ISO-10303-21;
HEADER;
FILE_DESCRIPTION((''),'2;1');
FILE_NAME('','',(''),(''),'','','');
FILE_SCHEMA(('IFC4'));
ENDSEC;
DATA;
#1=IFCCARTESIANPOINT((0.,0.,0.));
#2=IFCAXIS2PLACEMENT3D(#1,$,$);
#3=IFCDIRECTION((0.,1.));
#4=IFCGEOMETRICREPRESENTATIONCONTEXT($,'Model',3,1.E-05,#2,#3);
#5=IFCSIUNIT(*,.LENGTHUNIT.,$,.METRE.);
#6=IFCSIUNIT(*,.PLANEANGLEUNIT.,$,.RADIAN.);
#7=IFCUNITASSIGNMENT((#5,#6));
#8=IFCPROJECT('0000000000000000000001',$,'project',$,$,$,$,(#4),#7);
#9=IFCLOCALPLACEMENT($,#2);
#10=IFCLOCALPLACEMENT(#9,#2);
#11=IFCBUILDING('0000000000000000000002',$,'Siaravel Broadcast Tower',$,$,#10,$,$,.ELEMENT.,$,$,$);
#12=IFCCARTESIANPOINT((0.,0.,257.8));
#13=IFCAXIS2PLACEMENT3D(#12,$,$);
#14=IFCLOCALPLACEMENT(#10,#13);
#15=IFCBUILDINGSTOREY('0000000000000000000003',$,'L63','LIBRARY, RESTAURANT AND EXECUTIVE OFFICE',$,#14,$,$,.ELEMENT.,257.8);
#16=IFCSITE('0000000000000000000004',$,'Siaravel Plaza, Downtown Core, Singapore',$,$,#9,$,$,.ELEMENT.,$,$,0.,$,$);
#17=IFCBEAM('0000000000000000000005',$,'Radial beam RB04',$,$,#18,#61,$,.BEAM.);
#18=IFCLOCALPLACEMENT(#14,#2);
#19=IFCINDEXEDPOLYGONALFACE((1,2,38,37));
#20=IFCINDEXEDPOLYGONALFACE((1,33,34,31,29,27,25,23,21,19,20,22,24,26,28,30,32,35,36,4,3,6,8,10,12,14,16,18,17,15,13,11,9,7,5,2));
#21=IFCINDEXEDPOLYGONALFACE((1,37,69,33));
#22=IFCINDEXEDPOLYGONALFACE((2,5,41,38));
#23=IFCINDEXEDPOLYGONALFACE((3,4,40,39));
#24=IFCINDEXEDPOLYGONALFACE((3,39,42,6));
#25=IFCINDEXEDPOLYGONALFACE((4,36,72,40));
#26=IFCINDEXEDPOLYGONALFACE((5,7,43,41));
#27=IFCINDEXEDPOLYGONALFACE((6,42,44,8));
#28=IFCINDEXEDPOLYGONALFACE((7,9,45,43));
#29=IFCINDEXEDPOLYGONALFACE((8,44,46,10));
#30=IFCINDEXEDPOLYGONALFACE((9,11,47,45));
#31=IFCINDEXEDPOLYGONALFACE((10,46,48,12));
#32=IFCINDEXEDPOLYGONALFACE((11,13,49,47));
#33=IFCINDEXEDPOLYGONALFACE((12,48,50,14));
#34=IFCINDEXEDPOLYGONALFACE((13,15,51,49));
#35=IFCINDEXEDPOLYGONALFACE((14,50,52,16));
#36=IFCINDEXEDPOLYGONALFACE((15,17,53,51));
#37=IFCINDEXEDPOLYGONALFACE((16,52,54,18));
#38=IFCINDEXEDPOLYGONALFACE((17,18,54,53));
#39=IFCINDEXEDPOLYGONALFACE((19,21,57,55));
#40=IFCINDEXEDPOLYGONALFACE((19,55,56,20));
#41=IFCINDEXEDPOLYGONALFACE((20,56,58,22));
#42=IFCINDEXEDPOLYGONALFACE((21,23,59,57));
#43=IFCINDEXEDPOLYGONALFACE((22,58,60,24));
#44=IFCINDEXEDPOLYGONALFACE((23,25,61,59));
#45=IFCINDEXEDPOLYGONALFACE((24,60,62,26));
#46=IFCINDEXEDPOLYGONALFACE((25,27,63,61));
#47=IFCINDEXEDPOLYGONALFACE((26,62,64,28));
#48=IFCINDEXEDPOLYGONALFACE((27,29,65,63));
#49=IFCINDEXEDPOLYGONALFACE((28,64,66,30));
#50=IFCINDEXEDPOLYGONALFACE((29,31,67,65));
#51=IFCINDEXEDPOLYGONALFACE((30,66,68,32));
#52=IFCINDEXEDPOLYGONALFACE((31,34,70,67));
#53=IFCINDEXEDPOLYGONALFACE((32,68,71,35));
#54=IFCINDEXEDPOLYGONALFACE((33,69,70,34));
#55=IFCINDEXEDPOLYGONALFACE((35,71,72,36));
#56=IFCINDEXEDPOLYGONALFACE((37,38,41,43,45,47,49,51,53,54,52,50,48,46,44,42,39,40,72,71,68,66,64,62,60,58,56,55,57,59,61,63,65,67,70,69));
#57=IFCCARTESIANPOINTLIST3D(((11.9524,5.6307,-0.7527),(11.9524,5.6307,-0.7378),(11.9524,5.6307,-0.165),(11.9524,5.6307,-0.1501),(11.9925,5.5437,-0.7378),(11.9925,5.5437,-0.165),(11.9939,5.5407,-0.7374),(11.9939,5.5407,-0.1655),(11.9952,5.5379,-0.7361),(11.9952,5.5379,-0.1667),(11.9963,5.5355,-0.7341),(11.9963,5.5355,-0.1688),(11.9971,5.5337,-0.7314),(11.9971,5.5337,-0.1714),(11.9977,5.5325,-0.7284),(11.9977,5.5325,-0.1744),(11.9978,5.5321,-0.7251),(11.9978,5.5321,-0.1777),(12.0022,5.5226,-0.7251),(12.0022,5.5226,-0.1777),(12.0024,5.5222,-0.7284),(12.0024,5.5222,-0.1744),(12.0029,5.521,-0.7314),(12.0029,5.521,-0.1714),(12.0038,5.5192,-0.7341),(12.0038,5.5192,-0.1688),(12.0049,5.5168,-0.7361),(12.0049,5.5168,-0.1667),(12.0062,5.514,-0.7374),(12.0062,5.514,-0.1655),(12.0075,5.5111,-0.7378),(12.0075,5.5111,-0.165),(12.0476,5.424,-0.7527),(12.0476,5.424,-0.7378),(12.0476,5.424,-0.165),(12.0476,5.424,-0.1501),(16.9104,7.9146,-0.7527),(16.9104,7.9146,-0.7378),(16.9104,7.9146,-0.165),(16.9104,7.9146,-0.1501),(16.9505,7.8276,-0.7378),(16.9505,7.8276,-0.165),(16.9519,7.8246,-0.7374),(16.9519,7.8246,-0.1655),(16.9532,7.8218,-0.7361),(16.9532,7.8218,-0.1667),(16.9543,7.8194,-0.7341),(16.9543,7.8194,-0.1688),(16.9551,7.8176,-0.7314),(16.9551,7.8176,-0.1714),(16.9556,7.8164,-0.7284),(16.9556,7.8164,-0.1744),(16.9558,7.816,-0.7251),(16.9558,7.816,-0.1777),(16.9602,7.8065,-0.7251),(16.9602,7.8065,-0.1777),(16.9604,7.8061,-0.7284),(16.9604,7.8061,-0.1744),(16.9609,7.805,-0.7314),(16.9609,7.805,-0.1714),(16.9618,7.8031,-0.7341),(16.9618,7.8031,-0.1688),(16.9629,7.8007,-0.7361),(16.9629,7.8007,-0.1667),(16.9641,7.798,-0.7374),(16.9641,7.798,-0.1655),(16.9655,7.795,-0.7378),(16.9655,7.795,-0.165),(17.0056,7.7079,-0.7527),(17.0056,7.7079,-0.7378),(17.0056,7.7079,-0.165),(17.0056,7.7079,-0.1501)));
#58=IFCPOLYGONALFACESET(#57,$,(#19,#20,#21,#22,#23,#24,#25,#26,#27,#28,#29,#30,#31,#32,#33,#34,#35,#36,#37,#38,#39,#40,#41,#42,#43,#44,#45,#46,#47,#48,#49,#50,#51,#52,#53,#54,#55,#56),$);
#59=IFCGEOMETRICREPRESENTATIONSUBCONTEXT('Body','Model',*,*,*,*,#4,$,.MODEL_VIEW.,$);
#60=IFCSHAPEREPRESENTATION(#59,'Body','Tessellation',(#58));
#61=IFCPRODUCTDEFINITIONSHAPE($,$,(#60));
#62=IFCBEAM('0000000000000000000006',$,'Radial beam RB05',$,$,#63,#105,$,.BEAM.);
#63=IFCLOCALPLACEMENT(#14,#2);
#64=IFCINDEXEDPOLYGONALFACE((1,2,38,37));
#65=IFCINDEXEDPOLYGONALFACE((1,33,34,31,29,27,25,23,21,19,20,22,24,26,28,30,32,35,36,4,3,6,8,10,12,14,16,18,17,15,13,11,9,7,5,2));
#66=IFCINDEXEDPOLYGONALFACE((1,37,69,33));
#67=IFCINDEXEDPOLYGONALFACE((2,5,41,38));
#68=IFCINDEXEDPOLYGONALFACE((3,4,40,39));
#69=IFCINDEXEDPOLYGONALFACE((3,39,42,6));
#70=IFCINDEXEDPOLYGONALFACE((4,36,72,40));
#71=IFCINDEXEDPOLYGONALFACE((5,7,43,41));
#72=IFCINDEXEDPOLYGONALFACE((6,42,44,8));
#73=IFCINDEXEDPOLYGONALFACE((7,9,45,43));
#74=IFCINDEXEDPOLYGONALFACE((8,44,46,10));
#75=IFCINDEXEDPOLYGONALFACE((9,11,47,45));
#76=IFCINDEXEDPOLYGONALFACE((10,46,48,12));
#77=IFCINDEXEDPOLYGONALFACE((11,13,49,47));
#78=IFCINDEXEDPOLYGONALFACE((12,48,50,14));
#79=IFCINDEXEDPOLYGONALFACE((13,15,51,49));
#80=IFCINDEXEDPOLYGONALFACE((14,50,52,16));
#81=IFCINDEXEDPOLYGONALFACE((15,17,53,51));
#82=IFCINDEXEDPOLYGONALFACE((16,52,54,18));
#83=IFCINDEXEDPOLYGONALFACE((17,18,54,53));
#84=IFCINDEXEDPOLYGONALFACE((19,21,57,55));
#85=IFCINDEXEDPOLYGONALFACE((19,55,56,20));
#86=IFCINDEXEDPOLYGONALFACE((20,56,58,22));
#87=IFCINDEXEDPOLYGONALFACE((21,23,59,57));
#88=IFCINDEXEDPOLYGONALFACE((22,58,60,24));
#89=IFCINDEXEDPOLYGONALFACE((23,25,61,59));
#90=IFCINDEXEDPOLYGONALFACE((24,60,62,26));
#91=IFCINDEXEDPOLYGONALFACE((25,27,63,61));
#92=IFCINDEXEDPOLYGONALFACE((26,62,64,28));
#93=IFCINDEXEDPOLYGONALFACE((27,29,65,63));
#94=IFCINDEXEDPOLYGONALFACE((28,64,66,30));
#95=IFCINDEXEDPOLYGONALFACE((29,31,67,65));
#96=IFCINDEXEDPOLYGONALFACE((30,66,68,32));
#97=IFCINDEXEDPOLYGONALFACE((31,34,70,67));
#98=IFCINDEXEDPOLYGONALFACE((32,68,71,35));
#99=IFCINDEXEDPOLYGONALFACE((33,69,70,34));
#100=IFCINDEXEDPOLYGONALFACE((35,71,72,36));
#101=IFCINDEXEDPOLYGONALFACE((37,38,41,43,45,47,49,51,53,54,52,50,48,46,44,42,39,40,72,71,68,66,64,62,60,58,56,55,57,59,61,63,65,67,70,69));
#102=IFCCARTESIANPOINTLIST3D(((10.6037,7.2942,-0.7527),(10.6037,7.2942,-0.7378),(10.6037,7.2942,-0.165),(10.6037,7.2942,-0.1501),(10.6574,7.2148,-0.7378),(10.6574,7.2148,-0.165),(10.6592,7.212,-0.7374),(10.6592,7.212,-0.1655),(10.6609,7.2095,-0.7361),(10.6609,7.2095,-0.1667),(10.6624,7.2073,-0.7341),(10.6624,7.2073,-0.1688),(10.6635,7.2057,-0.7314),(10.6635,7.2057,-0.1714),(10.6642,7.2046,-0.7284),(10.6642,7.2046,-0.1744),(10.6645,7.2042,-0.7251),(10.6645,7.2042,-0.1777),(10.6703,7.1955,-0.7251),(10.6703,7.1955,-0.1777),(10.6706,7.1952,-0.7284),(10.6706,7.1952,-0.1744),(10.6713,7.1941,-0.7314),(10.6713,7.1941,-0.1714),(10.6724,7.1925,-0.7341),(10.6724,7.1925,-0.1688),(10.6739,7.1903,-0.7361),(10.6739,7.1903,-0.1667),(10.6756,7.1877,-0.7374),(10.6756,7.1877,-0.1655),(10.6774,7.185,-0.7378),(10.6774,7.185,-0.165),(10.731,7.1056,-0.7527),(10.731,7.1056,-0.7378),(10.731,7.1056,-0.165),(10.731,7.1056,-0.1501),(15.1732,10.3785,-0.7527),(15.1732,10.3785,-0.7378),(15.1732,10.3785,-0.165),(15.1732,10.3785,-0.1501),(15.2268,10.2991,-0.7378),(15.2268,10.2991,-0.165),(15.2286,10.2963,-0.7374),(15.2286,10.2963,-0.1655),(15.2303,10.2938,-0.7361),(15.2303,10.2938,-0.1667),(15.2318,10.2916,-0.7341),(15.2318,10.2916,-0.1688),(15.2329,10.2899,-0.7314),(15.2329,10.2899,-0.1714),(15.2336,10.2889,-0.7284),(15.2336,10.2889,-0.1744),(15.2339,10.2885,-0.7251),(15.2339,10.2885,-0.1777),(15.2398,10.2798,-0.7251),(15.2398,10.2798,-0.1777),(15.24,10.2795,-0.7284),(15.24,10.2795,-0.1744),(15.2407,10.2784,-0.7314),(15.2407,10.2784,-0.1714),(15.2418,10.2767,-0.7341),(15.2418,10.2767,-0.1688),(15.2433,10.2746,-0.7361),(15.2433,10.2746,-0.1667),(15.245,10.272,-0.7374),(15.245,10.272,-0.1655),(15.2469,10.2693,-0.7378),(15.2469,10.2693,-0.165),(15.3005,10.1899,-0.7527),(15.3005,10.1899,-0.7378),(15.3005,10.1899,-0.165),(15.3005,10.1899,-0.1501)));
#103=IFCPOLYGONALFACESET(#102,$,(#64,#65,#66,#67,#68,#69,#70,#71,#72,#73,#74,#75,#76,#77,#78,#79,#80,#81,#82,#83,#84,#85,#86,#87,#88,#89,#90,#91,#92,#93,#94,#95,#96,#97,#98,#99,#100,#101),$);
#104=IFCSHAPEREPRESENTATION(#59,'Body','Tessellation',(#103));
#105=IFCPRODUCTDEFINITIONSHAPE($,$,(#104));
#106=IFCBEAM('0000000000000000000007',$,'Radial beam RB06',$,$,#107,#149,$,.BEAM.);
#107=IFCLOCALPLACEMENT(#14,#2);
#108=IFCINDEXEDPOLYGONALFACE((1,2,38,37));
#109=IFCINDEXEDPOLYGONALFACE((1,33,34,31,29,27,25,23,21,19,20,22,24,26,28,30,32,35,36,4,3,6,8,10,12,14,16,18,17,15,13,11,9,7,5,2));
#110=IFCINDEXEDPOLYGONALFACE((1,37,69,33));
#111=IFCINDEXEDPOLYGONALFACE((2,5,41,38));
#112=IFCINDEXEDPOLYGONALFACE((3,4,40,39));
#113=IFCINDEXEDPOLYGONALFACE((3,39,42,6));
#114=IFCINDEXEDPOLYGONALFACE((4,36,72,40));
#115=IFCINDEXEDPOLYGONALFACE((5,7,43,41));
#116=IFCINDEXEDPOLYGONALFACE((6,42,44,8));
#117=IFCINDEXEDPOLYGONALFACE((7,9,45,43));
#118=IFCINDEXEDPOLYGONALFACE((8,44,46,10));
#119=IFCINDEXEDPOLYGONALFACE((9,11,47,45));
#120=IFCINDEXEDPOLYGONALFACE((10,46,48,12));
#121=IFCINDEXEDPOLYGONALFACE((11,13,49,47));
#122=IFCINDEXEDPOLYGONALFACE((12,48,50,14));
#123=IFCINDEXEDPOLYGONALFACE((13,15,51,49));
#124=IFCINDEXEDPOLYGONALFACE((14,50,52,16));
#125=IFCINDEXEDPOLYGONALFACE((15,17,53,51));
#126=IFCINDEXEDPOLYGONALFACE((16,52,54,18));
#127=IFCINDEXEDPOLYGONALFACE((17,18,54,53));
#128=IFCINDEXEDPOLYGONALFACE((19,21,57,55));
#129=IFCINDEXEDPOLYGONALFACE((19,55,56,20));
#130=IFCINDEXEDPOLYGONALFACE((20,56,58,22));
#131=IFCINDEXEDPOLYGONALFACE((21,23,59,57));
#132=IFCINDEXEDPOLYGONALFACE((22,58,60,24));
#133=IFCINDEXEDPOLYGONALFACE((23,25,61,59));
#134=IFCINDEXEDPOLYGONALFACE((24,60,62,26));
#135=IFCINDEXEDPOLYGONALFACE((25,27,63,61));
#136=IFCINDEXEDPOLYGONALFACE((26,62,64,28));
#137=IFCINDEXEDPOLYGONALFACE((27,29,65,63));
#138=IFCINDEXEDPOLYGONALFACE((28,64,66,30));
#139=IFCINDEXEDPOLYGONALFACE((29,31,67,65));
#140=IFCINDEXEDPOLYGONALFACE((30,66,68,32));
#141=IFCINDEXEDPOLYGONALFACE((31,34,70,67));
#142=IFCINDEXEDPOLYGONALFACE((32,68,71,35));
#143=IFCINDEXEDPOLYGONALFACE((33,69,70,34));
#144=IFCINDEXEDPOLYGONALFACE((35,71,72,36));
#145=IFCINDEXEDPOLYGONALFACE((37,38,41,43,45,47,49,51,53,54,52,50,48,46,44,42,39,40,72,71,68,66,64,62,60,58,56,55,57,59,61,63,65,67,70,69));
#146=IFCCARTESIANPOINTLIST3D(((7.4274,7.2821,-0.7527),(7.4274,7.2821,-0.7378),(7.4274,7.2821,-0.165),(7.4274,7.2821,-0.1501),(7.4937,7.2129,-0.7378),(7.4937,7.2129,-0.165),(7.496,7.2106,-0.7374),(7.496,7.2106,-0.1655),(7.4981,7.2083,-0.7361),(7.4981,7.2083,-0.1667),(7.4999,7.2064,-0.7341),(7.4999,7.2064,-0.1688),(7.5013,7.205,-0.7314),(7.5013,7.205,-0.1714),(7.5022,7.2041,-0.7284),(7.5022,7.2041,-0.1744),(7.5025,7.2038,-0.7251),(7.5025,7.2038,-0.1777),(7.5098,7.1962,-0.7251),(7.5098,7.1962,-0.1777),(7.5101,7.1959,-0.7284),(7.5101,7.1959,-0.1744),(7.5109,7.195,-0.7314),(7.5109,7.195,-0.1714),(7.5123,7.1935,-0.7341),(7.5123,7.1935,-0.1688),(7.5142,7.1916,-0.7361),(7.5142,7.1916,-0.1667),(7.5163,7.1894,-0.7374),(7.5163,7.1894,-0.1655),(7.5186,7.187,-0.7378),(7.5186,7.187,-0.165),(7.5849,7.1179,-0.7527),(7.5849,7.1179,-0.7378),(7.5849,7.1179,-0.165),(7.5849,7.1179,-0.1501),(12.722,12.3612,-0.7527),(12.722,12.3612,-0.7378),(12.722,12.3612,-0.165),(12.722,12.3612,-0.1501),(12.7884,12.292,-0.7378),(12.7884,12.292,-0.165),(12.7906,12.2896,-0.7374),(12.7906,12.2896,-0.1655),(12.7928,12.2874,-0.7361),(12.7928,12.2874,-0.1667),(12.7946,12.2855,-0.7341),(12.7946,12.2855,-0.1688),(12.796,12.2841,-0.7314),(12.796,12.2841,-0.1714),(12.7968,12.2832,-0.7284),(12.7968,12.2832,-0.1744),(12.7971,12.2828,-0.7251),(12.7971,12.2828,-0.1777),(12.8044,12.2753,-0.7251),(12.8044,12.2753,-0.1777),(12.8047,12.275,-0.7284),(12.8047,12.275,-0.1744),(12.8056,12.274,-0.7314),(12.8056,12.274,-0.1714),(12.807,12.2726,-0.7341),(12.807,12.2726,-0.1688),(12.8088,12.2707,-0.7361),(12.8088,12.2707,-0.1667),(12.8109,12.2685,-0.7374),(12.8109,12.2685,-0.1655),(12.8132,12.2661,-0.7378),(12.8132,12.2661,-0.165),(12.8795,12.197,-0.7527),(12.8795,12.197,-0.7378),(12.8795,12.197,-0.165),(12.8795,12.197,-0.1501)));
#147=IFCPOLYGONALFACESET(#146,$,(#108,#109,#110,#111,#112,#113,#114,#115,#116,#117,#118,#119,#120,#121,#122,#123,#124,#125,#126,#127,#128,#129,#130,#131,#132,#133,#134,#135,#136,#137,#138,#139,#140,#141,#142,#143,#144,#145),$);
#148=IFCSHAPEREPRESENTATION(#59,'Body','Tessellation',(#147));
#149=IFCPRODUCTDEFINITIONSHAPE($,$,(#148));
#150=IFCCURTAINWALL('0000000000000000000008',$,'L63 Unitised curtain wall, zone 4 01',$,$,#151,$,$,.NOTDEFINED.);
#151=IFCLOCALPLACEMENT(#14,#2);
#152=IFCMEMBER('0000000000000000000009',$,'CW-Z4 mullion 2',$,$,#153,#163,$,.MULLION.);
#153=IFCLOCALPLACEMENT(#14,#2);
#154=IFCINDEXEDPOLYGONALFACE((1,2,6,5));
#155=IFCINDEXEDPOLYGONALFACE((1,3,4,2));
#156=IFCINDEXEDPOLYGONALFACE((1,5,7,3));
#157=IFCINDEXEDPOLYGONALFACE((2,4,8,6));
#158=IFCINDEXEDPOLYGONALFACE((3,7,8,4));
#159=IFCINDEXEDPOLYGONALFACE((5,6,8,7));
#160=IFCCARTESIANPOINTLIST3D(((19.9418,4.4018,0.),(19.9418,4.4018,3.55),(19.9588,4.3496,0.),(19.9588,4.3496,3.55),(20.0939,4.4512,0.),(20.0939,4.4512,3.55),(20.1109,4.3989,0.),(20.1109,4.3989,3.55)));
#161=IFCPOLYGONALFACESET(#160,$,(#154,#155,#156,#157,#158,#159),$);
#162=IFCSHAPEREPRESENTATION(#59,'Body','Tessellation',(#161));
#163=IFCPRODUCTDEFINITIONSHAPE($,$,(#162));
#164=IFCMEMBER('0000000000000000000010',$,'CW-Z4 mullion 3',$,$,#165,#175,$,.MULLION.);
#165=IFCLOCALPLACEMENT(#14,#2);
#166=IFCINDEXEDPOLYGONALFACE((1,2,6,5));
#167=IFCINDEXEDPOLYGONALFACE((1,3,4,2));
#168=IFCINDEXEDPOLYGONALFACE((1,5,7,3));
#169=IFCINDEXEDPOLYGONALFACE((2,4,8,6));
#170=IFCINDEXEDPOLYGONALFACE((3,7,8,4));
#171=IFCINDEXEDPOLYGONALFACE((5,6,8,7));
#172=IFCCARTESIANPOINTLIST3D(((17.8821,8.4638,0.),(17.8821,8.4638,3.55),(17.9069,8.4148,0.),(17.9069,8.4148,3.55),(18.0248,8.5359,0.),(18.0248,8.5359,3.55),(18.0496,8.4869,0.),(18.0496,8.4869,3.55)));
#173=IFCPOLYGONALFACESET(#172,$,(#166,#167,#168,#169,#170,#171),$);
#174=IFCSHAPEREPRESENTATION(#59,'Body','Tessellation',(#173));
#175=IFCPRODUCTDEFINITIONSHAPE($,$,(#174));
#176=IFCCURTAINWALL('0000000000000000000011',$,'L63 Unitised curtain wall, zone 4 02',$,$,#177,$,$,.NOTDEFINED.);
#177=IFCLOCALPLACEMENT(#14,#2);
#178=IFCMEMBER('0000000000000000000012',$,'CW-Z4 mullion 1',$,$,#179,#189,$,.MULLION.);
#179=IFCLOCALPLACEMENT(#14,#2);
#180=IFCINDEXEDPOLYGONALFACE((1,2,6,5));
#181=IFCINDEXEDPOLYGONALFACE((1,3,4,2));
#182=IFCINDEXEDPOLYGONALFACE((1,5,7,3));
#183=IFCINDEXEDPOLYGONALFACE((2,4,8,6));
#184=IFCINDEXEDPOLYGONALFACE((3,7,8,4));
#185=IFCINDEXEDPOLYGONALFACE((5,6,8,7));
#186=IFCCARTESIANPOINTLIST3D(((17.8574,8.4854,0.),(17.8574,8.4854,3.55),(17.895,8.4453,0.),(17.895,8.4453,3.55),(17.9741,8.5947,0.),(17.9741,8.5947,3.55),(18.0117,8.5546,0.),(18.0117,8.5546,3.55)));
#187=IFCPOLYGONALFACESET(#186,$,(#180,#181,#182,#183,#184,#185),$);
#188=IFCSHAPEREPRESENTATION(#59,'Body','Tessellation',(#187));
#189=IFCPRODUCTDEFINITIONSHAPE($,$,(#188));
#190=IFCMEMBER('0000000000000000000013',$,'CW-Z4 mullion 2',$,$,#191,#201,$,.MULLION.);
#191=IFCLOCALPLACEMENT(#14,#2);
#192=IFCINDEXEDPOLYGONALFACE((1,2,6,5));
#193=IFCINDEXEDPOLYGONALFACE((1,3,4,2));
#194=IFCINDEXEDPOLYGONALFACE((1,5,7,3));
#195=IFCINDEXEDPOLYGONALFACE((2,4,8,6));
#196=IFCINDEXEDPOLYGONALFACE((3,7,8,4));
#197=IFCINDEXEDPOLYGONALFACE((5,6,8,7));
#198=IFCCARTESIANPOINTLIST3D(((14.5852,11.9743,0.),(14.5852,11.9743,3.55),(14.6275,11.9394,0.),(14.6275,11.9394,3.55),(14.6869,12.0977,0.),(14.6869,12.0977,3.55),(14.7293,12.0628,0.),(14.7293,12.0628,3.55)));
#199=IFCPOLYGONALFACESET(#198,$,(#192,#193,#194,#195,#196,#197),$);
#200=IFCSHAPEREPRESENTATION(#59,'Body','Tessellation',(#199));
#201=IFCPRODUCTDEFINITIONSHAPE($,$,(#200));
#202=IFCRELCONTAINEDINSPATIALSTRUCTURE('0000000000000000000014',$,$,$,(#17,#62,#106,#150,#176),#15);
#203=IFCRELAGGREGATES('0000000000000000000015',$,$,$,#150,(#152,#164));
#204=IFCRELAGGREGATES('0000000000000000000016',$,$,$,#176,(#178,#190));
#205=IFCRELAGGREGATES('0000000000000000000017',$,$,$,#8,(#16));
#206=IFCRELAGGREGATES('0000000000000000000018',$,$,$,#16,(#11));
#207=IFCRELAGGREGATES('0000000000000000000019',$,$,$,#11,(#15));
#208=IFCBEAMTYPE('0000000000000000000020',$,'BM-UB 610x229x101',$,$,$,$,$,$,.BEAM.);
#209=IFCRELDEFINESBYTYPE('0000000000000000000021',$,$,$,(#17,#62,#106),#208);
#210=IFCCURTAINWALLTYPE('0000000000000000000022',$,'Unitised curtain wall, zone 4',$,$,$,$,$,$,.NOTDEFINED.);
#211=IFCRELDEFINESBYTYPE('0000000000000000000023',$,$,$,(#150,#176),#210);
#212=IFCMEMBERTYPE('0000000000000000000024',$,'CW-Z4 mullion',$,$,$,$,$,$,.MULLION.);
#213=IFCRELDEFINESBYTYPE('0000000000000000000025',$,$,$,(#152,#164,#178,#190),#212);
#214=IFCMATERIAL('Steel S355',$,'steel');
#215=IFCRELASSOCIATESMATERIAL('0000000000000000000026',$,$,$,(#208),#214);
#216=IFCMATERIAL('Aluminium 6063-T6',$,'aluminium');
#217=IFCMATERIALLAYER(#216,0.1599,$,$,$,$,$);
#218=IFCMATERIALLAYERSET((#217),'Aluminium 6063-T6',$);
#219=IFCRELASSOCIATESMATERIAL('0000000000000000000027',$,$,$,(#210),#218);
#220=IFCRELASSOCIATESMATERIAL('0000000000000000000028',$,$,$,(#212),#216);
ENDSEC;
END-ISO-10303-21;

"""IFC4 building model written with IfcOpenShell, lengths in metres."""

from ifc_helpers import new_model, si_unit, direction, frame, origin, origin_2d, place, context, subcontext, project, spatial, rectangle, i_section, extrude, material, layer, layer_set, material_profile, profile_set, type_object, element, aggregate, save


model = new_model("IFC4")

# Units and contexts
model_context = context("Model", 3, precision=1e-05, world=origin(), true_north=direction((0.0, 1.0)))
body_context = subcontext(model_context, "Body", "Model", "MODEL_VIEW")
ifc_project = project(units=[si_unit("LENGTHUNIT", "METRE"), si_unit("PLANEANGLEUNIT", "RADIAN")], contexts=[model_context])

# Site, building, storey
site_placement = place(None, origin())
site = spatial("IfcSite", under=ifc_project, at=site_placement, Name="Siaravel Plaza, Downtown Core, Singapore", CompositionType="ELEMENT", RefElevation=0.0)
building_placement = place(site_placement, origin())
building = spatial("IfcBuilding", under=site, at=building_placement, Name="Siaravel Broadcast Tower", CompositionType="ELEMENT")
storey_placement = place(building_placement, frame((0.0, 0.0, 257.8)))
storey = spatial("IfcBuildingStorey", under=building, at=storey_placement, Name="L63", Description="LIBRARY, RESTAURANT AND EXECUTIVE OFFICE", CompositionType="ELEMENT", Elevation=257.8)

# Beams
ifc_material_1 = material(Name="Steel S355", Category="steel")
ifc_material_profile_1 = material_profile(ifc_material_1, i_section(OverallWidth=0.2275, OverallDepth=0.6025, WebThickness=0.0105, FlangeThickness=0.0149, FilletRadius=0.0127, at=origin_2d()))
ifc_profile_set_1 = profile_set([ifc_material_profile_1], Name="Steel S355")
beam_type = type_object("IfcBeamType", Name="BM-UB 610x229x101", PredefinedType="BEAM", material=ifc_profile_set_1)
beam_1_placement = place(storey_placement, frame((16.958, 7.8113, -0.4514), z_axis=(-0.908264, -0.418397, 0.0), x_axis=(0.418397, -0.908264, 0.0)))
element("IfcBeam", 1, at=beam_1_placement, inside=storey, type_object=beam_type, Name="Radial beam RB04", PredefinedType="BEAM", context=body_context, shape_type="SweptSolid", body=[
    extrude(i_section(OverallWidth=0.2275, OverallDepth=0.6025, WebThickness=0.0105, FlangeThickness=0.0149, FilletRadius=0.0127, at=origin_2d()), origin(), (0.0, 0.0, 1.0), 5.4587),
])
beam_2_placement = place(storey_placement, frame((15.2368, 10.2842, -0.4514), z_axis=(-0.828855, -0.559464, 0.0), x_axis=(0.559464, -0.828855, 0.0)))
element("IfcBeam", 2, at=beam_2_placement, inside=storey, type_object=beam_type, Name="Radial beam RB05", PredefinedType="BEAM", context=body_context, shape_type="SweptSolid", body=[
    extrude(i_section(OverallWidth=0.2275, OverallDepth=0.6025, WebThickness=0.0105, FlangeThickness=0.0149, FilletRadius=0.0127, at=origin_2d()), origin(), (0.0, 0.0, 1.0), 5.5129),
])
beam_3_placement = place(storey_placement, frame((12.8008, 12.2791, -0.4514), z_axis=(-0.721645, -0.692263, 0.0), x_axis=(0.692263, -0.721645, 0.0)))
element("IfcBeam", 3, at=beam_3_placement, inside=storey, type_object=beam_type, Name="Radial beam RB06", PredefinedType="BEAM", context=body_context, shape_type="SweptSolid", body=[
    extrude(i_section(OverallWidth=0.2275, OverallDepth=0.6025, WebThickness=0.0105, FlangeThickness=0.0149, FilletRadius=0.0127, at=origin_2d()), origin(), (0.0, 0.0, 1.0), 7.3369),
])

# Curtain walls, members
ifc_material_2 = material(Name="Aluminium 6063-T6", Category="aluminium")
ifc_layer_1 = layer(ifc_material_2, 0.1599)
ifc_layer_set_1 = layer_set([ifc_layer_1], Name="Aluminium 6063-T6")
curtain_wall_type = type_object("IfcCurtainWallType", Name="Unitised curtain wall, zone 4", PredefinedType="NOTDEFINED", material=ifc_layer_set_1)
curtain_wall_1_placement = place(storey_placement, origin())
curtain_wall_1 = element("IfcCurtainWall", 4, at=curtain_wall_1_placement, inside=storey, type_object=curtain_wall_type, Name="L63 Unitised curtain wall, zone 4 01", PredefinedType="NOTDEFINED")
ifc_material_profile_2 = material_profile(ifc_material_2, rectangle(XDim=0.1599, YDim=0.0549, at=origin_2d()))
ifc_profile_set_2 = profile_set([ifc_material_profile_2], Name="Aluminium 6063-T6")
member_type_1 = type_object("IfcMemberType", Name="CW-Z4 mullion", PredefinedType="MULLION", material=ifc_profile_set_2)
member_1_placement = place(storey_placement, frame((20.0264, 4.4004, 0.0), z_axis=(0.0, 0.0, 1.0), x_axis=(-0.951178, -0.308644, 0.0)))
member_1 = element("IfcMember", 5, at=member_1_placement, type_object=member_type_1, Name="CW-Z4 mullion 2", PredefinedType="MULLION", context=body_context, shape_type="SweptSolid", body=[
    extrude(rectangle(XDim=0.1599, YDim=0.0549, at=origin_2d()), origin(), (0.0, 0.0, 1.0), 3.55),
])
member_2_placement = place(storey_placement, frame((17.9658, 8.4753, 0.0), z_axis=(0.0, 0.0, 1.0), x_axis=(-0.892393, -0.451259, 0.0)))
member_2 = element("IfcMember", 6, at=member_2_placement, type_object=member_type_1, Name="CW-Z4 mullion 3", PredefinedType="MULLION", context=body_context, shape_type="SweptSolid", body=[
    extrude(rectangle(XDim=0.1599, YDim=0.0549, at=origin_2d()), origin(), (0.0, 0.0, 1.0), 3.55),
])
curtain_wall_2_placement = place(storey_placement, origin())
curtain_wall_2 = element("IfcCurtainWall", 7, at=curtain_wall_2_placement, inside=storey, type_object=curtain_wall_type, Name="L63 Unitised curtain wall, zone 4 02", PredefinedType="NOTDEFINED")
member_3_placement = place(storey_placement, frame((17.9346, 8.52, 0.0), z_axis=(0.0, 0.0, 1.0), x_axis=(-0.729807, -0.683654, 0.0)))
member_3 = element("IfcMember", 8, at=member_3_placement, type_object=member_type_1, Name="CW-Z4 mullion 1", PredefinedType="MULLION", context=body_context, shape_type="SweptSolid", body=[
    extrude(rectangle(XDim=0.1599, YDim=0.0549, at=origin_2d()), origin(), (0.0, 0.0, 1.0), 3.55),
])
member_4_placement = place(storey_placement, frame((14.6572, 12.0186, 0.0), z_axis=(0.0, 0.0, 1.0), x_axis=(-0.63622, -0.771508, 0.0)))
member_4 = element("IfcMember", 9, at=member_4_placement, type_object=member_type_1, Name="CW-Z4 mullion 2", PredefinedType="MULLION", context=body_context, shape_type="SweptSolid", body=[
    extrude(rectangle(XDim=0.1599, YDim=0.0549, at=origin_2d()), origin(), (0.0, 0.0, 1.0), 3.55),
])

aggregate(curtain_wall_1, [member_1, member_2])
aggregate(curtain_wall_2, [member_3, member_4])

save(model, "model.ifc")
